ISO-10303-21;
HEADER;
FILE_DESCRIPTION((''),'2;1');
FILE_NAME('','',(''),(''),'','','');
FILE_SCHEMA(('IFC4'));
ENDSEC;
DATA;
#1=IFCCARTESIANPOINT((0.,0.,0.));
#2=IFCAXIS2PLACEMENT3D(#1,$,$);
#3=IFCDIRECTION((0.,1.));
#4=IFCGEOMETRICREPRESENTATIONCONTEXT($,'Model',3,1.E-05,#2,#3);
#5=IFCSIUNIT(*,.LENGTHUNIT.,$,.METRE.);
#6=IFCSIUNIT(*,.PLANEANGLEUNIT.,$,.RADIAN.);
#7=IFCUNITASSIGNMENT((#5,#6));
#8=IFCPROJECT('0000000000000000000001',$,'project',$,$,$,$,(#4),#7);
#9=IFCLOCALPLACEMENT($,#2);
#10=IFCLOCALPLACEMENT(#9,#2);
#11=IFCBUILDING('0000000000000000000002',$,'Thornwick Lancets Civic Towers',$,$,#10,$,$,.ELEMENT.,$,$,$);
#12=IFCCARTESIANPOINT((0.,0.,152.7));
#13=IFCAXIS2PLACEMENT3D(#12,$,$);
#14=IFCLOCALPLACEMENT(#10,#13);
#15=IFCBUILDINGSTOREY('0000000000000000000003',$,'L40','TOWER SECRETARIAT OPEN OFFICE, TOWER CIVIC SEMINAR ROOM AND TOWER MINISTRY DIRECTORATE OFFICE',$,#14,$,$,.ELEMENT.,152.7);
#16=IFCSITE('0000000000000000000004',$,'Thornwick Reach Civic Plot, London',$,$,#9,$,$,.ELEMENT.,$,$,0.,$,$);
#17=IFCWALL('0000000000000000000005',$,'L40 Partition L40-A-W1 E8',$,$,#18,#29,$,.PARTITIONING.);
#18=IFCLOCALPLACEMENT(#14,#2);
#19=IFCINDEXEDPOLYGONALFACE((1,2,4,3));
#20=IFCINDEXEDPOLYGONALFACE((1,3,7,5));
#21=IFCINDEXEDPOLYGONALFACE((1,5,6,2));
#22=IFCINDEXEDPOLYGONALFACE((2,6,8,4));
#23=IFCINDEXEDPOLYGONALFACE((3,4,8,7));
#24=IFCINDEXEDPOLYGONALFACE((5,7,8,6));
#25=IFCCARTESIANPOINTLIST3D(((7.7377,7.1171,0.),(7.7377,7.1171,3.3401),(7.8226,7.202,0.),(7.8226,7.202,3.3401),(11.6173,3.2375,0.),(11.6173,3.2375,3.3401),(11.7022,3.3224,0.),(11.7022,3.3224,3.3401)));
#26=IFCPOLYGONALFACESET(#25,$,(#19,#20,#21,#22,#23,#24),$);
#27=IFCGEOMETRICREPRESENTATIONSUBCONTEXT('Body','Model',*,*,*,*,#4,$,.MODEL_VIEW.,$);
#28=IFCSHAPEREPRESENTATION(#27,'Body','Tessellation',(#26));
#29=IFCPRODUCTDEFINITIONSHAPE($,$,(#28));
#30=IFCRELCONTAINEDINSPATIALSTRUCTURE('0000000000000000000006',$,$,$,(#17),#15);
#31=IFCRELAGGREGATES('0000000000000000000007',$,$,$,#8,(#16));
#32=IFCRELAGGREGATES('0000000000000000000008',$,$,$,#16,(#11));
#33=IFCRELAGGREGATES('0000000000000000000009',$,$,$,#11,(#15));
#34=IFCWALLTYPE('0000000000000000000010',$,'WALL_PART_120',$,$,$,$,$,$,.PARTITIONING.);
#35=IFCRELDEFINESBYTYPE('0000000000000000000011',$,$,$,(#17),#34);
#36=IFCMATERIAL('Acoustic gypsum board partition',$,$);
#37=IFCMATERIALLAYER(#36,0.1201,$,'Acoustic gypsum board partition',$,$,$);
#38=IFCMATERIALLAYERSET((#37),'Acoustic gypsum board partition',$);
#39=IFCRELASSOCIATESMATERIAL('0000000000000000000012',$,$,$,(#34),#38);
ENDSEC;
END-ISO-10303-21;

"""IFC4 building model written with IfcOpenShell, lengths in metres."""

from ifc_helpers import new_model, si_unit, direction, frame, frame_2d, origin, place, context, subcontext, project, spatial, rectangle, extrude, material, layer, layer_set, type_object, element, save


model = new_model("IFC4")

# Units and contexts
model_context = context("Model", 3, precision=1e-05, world=origin(), true_north=direction((0.0, 1.0)))
body_context = subcontext(model_context, "Body", "Model", "MODEL_VIEW")
ifc_project = project(units=[si_unit("LENGTHUNIT", "METRE"), si_unit("PLANEANGLEUNIT", "RADIAN")], contexts=[model_context])

# Site, building, storey
site_placement = place(None, origin())
site = spatial("IfcSite", under=ifc_project, at=site_placement, Name="Thornwick Reach Civic Plot, London", CompositionType="ELEMENT", RefElevation=0.0)
building_placement = place(site_placement, origin())
building = spatial("IfcBuilding", under=site, at=building_placement, Name="Thornwick Lancets Civic Towers", CompositionType="ELEMENT")
storey_placement = place(building_placement, frame((0.0, 0.0, 152.7)))
storey = spatial("IfcBuildingStorey", under=building, at=storey_placement, Name="L40", Description="TOWER SECRETARIAT OPEN OFFICE, TOWER CIVIC SEMINAR ROOM AND TOWER MINISTRY DIRECTORATE OFFICE", CompositionType="ELEMENT", Elevation=152.7)

# Wall
ifc_material_1 = material(Name="Acoustic gypsum board partition")
ifc_layer_1 = layer(ifc_material_1, 0.1201, Name="Acoustic gypsum board partition")
ifc_layer_set_1 = layer_set([ifc_layer_1], Name="Acoustic gypsum board partition")
wall_type_1 = type_object("IfcWallType", Name="WALL_PART_120", PredefinedType="PARTITIONING", material=ifc_layer_set_1)
wall_1_placement = place(storey_placement, frame((11.6597, 3.28, 0.0), z_axis=(0.0, 0.0, 1.0), x_axis=(-0.707107, 0.707107, 0.0)))
element("IfcWall", 1, at=wall_1_placement, inside=storey, type_object=wall_type_1, Name="L40 Partition L40-A-W1 E8", PredefinedType="PARTITIONING", context=body_context, shape_type="SweptSolid", body=[
    extrude(rectangle(XDim=5.4866, YDim=0.1201, at=frame_2d((2.7432, 0.0))), origin(), (0.0, 0.0, 1.0), 3.3401),
])

save(model, "model.ifc")
